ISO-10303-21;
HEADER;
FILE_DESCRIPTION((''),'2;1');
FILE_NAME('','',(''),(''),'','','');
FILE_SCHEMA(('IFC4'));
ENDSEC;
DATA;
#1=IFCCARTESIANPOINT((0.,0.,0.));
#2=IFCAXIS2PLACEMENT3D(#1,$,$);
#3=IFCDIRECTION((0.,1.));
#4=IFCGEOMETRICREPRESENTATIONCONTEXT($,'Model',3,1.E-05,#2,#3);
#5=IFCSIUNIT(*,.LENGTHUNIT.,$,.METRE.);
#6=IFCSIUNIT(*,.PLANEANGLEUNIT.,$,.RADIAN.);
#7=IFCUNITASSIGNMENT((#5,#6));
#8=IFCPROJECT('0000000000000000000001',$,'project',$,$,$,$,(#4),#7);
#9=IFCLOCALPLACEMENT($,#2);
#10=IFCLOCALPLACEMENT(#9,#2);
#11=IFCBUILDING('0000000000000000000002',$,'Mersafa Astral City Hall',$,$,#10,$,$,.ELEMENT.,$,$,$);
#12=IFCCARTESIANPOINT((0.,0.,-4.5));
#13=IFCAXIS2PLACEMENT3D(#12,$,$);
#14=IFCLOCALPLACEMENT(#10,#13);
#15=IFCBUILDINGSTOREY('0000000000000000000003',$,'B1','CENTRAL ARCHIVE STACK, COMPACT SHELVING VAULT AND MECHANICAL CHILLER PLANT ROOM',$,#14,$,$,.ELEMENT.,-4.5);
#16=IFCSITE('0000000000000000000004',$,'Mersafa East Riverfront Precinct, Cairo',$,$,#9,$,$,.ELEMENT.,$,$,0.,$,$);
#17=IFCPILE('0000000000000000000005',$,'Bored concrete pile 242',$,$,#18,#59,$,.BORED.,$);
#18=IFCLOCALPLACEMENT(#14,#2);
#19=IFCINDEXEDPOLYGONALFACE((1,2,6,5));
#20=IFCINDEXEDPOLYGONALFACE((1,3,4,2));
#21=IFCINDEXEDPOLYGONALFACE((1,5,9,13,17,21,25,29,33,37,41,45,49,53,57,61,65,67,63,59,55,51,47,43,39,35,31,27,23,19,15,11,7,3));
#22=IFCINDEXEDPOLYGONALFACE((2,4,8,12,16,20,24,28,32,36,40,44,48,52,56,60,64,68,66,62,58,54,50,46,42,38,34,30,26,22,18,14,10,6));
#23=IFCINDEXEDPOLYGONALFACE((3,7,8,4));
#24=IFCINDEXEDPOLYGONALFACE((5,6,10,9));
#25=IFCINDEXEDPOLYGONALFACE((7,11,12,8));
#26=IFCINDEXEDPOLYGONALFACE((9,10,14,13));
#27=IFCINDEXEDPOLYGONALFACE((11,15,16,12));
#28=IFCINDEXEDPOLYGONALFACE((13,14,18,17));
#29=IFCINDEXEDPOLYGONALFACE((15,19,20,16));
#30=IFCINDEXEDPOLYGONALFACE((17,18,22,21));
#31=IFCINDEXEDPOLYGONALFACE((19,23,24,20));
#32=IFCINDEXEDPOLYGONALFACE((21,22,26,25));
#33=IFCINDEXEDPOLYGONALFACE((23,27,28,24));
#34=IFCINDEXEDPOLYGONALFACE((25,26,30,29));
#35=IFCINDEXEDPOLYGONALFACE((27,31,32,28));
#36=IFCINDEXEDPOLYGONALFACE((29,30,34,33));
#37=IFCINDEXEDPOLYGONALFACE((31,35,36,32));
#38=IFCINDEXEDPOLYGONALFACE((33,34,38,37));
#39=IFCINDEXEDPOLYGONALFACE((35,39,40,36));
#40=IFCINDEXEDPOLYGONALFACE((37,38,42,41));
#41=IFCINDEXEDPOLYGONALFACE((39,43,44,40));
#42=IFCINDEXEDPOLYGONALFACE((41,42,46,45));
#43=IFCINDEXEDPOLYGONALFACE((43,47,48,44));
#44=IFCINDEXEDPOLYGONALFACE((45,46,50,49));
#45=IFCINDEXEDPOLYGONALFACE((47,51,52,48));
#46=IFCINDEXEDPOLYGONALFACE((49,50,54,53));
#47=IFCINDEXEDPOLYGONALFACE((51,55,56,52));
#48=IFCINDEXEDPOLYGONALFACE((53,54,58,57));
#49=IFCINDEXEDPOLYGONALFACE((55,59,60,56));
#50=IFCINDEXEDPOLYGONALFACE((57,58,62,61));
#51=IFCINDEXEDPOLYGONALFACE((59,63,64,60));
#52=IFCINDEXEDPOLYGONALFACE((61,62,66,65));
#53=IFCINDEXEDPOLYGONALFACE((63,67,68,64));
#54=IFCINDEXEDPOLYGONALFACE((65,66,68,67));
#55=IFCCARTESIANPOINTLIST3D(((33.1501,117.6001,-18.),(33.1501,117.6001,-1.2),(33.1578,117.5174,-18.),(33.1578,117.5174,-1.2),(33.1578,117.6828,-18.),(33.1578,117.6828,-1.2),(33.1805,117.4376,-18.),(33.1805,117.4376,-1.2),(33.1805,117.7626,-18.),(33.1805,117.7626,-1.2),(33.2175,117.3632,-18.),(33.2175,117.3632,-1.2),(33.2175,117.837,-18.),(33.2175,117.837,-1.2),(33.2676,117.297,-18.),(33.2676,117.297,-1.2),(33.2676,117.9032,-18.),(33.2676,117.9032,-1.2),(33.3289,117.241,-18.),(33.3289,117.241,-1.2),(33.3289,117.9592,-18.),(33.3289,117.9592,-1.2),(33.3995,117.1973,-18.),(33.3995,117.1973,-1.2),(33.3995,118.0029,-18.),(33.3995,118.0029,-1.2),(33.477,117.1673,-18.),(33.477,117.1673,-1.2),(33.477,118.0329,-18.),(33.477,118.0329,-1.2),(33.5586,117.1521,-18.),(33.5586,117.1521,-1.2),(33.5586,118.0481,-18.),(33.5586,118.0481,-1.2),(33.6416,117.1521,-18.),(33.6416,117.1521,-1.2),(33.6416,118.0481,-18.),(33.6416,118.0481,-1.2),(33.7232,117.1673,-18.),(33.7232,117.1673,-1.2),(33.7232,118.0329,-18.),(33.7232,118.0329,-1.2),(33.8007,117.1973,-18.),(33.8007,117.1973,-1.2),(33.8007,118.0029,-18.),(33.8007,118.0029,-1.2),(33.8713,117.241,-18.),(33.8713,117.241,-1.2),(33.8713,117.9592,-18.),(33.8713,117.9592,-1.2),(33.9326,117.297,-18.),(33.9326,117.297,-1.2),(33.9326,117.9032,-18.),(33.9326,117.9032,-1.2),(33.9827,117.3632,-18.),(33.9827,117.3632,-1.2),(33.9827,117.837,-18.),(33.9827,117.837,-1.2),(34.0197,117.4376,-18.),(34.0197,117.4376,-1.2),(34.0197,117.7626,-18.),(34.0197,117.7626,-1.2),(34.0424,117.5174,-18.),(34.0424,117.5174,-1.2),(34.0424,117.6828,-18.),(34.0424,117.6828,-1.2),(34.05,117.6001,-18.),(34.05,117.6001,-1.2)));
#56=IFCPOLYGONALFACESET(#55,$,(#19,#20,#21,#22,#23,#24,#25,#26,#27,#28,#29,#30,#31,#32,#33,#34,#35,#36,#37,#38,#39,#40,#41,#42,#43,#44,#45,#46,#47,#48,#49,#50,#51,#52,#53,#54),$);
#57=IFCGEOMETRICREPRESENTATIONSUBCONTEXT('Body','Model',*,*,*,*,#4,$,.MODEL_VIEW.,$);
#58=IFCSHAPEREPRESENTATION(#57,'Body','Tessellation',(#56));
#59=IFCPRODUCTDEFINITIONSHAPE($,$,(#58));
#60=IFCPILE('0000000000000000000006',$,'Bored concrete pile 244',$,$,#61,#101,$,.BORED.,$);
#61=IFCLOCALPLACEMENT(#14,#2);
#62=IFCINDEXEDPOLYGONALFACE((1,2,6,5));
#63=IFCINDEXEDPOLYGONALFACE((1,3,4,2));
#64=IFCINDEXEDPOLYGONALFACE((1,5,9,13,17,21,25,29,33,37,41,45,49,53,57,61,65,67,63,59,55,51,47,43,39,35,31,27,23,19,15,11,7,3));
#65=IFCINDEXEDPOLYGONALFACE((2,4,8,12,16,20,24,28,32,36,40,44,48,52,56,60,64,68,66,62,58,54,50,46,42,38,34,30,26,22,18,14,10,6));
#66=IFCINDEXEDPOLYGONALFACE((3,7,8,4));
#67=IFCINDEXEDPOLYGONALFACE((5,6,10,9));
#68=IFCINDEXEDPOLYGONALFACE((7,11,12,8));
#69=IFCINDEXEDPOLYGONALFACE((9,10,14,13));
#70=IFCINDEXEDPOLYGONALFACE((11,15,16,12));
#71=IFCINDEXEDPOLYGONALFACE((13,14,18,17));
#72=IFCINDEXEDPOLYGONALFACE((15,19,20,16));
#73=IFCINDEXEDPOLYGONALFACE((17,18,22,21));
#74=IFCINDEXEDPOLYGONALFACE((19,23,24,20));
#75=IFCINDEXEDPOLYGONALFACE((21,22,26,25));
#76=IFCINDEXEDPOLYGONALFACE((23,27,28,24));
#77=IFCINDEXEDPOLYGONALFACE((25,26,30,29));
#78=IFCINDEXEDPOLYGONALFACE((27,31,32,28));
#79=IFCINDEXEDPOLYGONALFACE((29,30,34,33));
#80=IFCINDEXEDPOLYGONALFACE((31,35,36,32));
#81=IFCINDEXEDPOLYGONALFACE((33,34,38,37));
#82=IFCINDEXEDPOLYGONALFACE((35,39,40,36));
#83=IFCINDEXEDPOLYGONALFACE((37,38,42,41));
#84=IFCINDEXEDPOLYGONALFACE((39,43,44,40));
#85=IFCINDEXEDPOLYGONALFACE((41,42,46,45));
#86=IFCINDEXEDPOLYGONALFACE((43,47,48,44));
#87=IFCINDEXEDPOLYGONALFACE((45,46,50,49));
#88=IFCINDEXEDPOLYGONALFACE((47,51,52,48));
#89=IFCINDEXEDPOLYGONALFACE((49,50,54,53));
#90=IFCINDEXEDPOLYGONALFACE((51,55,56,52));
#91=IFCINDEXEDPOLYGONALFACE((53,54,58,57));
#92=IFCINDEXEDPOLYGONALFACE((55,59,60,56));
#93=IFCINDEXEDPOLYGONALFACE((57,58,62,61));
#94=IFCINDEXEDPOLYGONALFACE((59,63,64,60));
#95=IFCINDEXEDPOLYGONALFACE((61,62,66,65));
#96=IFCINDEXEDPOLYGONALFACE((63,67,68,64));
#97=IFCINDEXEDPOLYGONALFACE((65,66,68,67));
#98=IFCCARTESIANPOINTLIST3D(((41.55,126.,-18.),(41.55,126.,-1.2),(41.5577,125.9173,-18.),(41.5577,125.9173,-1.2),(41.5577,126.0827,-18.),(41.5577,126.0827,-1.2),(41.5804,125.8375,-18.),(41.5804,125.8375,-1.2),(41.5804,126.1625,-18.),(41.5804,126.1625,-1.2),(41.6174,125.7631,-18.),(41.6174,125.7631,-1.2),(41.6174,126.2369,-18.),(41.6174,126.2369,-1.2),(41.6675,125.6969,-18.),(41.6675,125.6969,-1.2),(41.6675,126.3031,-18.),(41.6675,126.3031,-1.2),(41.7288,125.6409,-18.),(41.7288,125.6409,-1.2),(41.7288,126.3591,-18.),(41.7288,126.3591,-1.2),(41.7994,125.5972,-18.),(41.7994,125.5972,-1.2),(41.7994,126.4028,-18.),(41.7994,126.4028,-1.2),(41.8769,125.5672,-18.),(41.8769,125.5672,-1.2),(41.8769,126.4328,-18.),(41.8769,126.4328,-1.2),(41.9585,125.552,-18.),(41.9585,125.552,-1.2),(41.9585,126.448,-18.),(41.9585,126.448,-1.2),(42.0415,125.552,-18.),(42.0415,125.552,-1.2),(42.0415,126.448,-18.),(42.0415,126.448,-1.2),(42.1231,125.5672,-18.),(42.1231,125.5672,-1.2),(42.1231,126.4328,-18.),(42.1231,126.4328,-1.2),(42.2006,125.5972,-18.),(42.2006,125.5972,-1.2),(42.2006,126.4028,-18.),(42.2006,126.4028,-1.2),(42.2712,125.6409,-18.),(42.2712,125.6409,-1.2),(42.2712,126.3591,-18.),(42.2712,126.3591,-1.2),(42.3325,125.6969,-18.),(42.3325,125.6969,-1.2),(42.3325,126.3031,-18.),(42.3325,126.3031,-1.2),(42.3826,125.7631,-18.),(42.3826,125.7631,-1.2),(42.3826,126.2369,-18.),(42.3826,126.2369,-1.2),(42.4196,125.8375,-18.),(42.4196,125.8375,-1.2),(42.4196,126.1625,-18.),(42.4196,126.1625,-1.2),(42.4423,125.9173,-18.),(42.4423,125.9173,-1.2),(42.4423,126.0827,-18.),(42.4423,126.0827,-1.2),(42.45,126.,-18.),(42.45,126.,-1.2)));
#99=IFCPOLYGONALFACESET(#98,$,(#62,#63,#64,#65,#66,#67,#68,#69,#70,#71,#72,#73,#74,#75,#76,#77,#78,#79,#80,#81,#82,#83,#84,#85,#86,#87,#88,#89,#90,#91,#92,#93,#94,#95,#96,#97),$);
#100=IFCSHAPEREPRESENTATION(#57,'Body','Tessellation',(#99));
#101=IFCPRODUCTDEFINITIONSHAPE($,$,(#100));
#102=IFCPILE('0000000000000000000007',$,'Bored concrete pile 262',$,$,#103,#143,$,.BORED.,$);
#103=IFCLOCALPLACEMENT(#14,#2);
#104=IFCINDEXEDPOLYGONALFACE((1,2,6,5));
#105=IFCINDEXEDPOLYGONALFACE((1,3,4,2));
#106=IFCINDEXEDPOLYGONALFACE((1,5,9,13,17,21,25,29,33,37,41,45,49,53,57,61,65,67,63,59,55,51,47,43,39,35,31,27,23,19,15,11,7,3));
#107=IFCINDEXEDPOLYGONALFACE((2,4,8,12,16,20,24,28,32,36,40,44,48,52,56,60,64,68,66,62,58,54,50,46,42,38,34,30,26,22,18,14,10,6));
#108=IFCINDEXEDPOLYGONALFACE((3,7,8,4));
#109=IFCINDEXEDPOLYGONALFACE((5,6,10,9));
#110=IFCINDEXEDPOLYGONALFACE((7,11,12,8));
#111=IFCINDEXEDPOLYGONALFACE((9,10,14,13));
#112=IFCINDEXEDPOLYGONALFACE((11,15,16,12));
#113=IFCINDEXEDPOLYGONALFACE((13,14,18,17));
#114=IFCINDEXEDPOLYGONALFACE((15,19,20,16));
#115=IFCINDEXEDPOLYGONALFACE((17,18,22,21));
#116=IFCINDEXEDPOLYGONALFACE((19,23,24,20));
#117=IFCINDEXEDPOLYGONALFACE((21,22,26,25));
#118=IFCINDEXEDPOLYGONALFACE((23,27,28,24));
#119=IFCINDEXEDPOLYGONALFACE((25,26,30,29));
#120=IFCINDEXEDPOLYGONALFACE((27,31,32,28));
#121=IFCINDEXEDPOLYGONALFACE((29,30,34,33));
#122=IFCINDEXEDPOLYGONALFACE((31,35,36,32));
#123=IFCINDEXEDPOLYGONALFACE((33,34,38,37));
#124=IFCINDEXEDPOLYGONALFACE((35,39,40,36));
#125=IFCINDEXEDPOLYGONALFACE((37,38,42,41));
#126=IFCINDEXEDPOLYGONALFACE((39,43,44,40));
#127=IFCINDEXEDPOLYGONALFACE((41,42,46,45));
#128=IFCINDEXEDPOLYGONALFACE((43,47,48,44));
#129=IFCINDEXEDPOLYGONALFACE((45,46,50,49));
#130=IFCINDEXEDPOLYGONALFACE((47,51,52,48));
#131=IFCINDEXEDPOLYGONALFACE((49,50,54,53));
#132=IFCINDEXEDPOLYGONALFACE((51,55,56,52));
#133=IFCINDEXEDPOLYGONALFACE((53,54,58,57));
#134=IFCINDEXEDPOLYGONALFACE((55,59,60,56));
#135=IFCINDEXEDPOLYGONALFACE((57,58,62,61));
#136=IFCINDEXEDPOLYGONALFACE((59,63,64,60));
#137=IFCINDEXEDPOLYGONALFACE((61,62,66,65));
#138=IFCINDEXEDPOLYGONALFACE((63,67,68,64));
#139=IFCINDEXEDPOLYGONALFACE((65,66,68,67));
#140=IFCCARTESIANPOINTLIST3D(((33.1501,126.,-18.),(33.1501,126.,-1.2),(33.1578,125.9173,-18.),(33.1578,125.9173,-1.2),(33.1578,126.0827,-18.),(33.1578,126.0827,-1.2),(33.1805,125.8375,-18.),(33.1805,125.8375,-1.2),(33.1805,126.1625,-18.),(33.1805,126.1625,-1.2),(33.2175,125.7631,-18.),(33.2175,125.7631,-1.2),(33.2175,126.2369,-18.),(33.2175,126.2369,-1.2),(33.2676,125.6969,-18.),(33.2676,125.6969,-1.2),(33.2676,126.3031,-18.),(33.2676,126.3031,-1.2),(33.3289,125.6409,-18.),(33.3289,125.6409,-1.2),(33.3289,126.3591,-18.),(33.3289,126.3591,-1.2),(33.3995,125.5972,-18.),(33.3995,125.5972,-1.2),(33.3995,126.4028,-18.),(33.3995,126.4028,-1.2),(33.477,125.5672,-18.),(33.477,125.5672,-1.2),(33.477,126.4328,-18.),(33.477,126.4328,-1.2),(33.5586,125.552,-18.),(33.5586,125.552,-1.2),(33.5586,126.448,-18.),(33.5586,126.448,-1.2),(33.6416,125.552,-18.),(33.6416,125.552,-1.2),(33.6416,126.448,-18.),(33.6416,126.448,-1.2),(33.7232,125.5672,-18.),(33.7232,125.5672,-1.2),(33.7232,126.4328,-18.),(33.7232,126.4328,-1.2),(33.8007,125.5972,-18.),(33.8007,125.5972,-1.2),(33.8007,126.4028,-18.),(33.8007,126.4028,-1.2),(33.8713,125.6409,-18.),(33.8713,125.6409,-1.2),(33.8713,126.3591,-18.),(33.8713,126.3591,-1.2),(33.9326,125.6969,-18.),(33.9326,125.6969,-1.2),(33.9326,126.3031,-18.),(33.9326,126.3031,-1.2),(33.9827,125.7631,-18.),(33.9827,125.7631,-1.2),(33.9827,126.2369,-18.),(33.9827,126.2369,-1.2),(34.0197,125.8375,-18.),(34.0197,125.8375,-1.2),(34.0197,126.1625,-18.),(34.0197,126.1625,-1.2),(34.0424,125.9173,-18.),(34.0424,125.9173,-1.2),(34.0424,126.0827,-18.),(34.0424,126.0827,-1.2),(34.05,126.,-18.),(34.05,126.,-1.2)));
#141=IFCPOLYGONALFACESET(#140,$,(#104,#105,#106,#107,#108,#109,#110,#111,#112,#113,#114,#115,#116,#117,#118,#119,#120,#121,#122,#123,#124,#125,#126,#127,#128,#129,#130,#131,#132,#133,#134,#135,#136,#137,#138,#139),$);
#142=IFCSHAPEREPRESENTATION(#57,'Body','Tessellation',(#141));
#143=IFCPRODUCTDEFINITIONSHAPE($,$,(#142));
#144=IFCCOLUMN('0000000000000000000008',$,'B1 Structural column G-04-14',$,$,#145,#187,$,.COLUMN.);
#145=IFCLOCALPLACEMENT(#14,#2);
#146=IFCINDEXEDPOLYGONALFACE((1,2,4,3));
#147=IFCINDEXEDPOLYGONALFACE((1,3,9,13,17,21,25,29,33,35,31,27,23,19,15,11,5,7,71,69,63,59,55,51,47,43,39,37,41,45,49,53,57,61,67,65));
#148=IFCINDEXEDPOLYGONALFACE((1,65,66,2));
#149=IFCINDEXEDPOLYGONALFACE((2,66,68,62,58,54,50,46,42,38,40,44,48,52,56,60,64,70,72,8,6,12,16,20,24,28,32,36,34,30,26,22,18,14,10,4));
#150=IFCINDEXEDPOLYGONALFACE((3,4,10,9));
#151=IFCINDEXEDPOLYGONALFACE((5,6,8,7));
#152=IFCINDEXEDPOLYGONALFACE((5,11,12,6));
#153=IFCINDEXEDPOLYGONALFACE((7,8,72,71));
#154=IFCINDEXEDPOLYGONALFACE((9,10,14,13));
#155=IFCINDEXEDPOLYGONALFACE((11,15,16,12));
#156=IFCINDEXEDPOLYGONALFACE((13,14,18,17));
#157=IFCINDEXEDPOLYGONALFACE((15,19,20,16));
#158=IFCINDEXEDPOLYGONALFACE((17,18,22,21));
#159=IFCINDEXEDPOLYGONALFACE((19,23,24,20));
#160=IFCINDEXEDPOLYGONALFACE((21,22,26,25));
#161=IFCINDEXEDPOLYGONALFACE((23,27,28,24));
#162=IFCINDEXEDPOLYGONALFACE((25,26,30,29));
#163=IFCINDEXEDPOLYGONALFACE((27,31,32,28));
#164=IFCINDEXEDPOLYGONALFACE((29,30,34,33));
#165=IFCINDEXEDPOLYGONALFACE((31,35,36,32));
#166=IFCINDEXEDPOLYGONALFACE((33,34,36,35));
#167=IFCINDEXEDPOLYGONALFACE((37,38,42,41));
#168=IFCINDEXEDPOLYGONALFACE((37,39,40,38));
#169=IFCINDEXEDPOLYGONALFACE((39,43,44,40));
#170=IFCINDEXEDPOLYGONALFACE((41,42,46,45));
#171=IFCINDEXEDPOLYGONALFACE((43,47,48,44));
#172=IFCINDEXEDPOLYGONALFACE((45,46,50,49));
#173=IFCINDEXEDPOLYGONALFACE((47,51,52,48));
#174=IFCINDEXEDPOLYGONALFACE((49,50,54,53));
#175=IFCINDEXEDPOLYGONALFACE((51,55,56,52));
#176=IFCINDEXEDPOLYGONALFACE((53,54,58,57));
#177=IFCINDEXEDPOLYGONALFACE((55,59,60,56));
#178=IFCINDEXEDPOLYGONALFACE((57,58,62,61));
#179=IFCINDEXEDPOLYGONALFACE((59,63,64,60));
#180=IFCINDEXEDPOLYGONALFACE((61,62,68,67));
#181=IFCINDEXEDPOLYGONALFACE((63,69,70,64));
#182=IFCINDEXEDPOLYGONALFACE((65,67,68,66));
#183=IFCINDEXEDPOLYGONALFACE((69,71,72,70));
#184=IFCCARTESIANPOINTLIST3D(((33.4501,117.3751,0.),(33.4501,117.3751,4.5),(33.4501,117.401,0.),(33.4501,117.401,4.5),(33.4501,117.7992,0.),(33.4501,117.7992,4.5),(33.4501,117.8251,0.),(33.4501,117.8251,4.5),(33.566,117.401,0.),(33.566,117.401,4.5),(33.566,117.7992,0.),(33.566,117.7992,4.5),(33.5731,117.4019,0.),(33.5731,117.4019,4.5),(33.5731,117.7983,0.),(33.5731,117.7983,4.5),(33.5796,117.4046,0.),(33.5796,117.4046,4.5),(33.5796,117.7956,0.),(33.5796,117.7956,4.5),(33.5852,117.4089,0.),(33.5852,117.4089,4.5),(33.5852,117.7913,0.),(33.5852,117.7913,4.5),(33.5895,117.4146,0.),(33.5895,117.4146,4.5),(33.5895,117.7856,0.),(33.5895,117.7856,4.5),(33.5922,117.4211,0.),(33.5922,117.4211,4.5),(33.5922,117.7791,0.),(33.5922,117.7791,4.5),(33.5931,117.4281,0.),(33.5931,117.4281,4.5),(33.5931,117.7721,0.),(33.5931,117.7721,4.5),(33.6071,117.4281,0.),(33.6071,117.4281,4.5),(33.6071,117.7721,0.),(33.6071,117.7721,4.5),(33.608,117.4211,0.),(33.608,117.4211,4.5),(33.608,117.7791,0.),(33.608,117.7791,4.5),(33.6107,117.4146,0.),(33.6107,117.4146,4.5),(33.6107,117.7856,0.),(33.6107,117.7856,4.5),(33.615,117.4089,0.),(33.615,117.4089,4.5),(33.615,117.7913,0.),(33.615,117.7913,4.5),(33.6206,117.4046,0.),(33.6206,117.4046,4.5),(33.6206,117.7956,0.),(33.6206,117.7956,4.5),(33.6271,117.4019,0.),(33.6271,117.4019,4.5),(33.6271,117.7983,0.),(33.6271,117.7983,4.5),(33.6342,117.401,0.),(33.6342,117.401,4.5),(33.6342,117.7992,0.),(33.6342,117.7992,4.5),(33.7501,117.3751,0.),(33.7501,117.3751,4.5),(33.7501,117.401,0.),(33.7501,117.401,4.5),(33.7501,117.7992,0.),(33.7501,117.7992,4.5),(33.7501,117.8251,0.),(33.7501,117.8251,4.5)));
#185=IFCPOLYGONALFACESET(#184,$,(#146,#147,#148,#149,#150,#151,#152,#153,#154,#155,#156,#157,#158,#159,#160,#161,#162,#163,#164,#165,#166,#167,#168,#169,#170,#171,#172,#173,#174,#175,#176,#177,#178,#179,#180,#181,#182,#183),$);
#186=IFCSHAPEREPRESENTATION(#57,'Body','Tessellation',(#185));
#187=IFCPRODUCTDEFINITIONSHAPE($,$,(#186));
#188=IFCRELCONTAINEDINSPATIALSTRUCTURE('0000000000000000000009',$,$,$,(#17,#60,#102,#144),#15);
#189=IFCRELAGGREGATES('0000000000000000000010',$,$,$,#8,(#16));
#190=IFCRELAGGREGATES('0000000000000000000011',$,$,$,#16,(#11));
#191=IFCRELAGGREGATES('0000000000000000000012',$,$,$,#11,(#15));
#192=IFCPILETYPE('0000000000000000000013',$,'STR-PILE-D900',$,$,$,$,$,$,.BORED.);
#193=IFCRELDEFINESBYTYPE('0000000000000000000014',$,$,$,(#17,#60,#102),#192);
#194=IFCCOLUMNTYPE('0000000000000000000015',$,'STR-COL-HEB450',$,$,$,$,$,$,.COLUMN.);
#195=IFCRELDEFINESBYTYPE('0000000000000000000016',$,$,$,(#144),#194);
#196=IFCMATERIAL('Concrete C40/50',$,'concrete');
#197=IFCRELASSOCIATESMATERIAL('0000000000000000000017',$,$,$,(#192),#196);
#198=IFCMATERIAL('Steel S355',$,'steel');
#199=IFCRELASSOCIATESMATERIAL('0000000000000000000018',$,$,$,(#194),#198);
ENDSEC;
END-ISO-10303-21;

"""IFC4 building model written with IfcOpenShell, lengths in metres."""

from ifc_helpers import new_model, si_unit, direction, frame, origin, origin_2d, place, context, subcontext, project, spatial, circle, i_section, extrude, material, material_profile, profile_set, type_object, element, save


model = new_model("IFC4")

# Units and contexts
model_context = context("Model", 3, precision=1e-05, world=origin(), true_north=direction((0.0, 1.0)))
body_context = subcontext(model_context, "Body", "Model", "MODEL_VIEW")
ifc_project = project(units=[si_unit("LENGTHUNIT", "METRE"), si_unit("PLANEANGLEUNIT", "RADIAN")], contexts=[model_context])

# Site, building, storey
site_placement = place(None, origin())
site = spatial("IfcSite", under=ifc_project, at=site_placement, Name="Mersafa East Riverfront Precinct, Cairo", CompositionType="ELEMENT", RefElevation=0.0)
building_placement = place(site_placement, origin())
building = spatial("IfcBuilding", under=site, at=building_placement, Name="Mersafa Astral City Hall", CompositionType="ELEMENT")
storey_placement = place(building_placement, frame((0.0, 0.0, -4.5)))
storey = spatial("IfcBuildingStorey", under=building, at=storey_placement, Name="B1", Description="CENTRAL ARCHIVE STACK, COMPACT SHELVING VAULT AND MECHANICAL CHILLER PLANT ROOM", CompositionType="ELEMENT", Elevation=-4.5)

# Shared definitions
ifc_material_1 = material(Name="Concrete C40/50", Category="concrete")

# Piles
ifc_material_profile_1 = material_profile(ifc_material_1, circle(Radius=0.45, at=origin_2d()), Name="PILE D900")
ifc_profile_set_1 = profile_set([ifc_material_profile_1], Name="Concrete C40/50")
pile_type = type_object("IfcPileType", Name="STR-PILE-D900", PredefinedType="BORED", material=ifc_profile_set_1)
for number, where, z_axis, x_axis, name in (
    (1, (33.6001, 117.6001, -1.2), (0.0, 0.0, -1.0), (1.0, 0.0, 0.0), "Bored concrete pile 242"),
    (2, (42.0, 126.0, -1.2), (0.0, 0.0, -1.0), (1.0, 0.0, 0.0), "Bored concrete pile 244"),
    (3, (33.6001, 126.0, -1.2), (0.0, 0.0, -1.0), (1.0, 0.0, 0.0), "Bored concrete pile 262"),
):
    element("IfcPile", number, at=place(storey_placement, frame(where, z_axis=z_axis, x_axis=x_axis)), inside=storey, type_object=pile_type, Name=name, PredefinedType="BORED", context=body_context, shape_type="SweptSolid", body=[
        extrude(circle(Radius=0.45, at=origin_2d()), origin(), (0.0, 0.0, 1.0), 16.8),
    ])

# Column
ifc_material_2 = material(Name="Steel S355", Category="steel")
ifc_material_profile_2 = material_profile(ifc_material_2, i_section(OverallWidth=0.3, OverallDepth=0.45, WebThickness=0.0139, FlangeThickness=0.0259, FilletRadius=0.0271, at=origin_2d()), Name="HEB 450")
ifc_profile_set_2 = profile_set([ifc_material_profile_2], Name="Steel S355")
column_type_1 = type_object("IfcColumnType", Name="STR-COL-HEB450", PredefinedType="COLUMN", material=ifc_profile_set_2)
for number, where, z_axis, x_axis, name in (
    (4, (33.6001, 117.6001, 0.0), (0.0, 0.0, 1.0), (1.0, 0.0, 0.0), "B1 Structural column G-04-14"),
):
    element("IfcColumn", number, at=place(storey_placement, frame(where, z_axis=z_axis, x_axis=x_axis)), inside=storey, type_object=column_type_1, Name=name, PredefinedType="COLUMN", context=body_context, shape_type="SweptSolid", body=[
        extrude(i_section(OverallWidth=0.3, OverallDepth=0.45, WebThickness=0.0139, FlangeThickness=0.0259, FilletRadius=0.0271, at=origin_2d()), origin(), (0.0, 0.0, 1.0), 4.5),
    ])

save(model, "model.ifc")
